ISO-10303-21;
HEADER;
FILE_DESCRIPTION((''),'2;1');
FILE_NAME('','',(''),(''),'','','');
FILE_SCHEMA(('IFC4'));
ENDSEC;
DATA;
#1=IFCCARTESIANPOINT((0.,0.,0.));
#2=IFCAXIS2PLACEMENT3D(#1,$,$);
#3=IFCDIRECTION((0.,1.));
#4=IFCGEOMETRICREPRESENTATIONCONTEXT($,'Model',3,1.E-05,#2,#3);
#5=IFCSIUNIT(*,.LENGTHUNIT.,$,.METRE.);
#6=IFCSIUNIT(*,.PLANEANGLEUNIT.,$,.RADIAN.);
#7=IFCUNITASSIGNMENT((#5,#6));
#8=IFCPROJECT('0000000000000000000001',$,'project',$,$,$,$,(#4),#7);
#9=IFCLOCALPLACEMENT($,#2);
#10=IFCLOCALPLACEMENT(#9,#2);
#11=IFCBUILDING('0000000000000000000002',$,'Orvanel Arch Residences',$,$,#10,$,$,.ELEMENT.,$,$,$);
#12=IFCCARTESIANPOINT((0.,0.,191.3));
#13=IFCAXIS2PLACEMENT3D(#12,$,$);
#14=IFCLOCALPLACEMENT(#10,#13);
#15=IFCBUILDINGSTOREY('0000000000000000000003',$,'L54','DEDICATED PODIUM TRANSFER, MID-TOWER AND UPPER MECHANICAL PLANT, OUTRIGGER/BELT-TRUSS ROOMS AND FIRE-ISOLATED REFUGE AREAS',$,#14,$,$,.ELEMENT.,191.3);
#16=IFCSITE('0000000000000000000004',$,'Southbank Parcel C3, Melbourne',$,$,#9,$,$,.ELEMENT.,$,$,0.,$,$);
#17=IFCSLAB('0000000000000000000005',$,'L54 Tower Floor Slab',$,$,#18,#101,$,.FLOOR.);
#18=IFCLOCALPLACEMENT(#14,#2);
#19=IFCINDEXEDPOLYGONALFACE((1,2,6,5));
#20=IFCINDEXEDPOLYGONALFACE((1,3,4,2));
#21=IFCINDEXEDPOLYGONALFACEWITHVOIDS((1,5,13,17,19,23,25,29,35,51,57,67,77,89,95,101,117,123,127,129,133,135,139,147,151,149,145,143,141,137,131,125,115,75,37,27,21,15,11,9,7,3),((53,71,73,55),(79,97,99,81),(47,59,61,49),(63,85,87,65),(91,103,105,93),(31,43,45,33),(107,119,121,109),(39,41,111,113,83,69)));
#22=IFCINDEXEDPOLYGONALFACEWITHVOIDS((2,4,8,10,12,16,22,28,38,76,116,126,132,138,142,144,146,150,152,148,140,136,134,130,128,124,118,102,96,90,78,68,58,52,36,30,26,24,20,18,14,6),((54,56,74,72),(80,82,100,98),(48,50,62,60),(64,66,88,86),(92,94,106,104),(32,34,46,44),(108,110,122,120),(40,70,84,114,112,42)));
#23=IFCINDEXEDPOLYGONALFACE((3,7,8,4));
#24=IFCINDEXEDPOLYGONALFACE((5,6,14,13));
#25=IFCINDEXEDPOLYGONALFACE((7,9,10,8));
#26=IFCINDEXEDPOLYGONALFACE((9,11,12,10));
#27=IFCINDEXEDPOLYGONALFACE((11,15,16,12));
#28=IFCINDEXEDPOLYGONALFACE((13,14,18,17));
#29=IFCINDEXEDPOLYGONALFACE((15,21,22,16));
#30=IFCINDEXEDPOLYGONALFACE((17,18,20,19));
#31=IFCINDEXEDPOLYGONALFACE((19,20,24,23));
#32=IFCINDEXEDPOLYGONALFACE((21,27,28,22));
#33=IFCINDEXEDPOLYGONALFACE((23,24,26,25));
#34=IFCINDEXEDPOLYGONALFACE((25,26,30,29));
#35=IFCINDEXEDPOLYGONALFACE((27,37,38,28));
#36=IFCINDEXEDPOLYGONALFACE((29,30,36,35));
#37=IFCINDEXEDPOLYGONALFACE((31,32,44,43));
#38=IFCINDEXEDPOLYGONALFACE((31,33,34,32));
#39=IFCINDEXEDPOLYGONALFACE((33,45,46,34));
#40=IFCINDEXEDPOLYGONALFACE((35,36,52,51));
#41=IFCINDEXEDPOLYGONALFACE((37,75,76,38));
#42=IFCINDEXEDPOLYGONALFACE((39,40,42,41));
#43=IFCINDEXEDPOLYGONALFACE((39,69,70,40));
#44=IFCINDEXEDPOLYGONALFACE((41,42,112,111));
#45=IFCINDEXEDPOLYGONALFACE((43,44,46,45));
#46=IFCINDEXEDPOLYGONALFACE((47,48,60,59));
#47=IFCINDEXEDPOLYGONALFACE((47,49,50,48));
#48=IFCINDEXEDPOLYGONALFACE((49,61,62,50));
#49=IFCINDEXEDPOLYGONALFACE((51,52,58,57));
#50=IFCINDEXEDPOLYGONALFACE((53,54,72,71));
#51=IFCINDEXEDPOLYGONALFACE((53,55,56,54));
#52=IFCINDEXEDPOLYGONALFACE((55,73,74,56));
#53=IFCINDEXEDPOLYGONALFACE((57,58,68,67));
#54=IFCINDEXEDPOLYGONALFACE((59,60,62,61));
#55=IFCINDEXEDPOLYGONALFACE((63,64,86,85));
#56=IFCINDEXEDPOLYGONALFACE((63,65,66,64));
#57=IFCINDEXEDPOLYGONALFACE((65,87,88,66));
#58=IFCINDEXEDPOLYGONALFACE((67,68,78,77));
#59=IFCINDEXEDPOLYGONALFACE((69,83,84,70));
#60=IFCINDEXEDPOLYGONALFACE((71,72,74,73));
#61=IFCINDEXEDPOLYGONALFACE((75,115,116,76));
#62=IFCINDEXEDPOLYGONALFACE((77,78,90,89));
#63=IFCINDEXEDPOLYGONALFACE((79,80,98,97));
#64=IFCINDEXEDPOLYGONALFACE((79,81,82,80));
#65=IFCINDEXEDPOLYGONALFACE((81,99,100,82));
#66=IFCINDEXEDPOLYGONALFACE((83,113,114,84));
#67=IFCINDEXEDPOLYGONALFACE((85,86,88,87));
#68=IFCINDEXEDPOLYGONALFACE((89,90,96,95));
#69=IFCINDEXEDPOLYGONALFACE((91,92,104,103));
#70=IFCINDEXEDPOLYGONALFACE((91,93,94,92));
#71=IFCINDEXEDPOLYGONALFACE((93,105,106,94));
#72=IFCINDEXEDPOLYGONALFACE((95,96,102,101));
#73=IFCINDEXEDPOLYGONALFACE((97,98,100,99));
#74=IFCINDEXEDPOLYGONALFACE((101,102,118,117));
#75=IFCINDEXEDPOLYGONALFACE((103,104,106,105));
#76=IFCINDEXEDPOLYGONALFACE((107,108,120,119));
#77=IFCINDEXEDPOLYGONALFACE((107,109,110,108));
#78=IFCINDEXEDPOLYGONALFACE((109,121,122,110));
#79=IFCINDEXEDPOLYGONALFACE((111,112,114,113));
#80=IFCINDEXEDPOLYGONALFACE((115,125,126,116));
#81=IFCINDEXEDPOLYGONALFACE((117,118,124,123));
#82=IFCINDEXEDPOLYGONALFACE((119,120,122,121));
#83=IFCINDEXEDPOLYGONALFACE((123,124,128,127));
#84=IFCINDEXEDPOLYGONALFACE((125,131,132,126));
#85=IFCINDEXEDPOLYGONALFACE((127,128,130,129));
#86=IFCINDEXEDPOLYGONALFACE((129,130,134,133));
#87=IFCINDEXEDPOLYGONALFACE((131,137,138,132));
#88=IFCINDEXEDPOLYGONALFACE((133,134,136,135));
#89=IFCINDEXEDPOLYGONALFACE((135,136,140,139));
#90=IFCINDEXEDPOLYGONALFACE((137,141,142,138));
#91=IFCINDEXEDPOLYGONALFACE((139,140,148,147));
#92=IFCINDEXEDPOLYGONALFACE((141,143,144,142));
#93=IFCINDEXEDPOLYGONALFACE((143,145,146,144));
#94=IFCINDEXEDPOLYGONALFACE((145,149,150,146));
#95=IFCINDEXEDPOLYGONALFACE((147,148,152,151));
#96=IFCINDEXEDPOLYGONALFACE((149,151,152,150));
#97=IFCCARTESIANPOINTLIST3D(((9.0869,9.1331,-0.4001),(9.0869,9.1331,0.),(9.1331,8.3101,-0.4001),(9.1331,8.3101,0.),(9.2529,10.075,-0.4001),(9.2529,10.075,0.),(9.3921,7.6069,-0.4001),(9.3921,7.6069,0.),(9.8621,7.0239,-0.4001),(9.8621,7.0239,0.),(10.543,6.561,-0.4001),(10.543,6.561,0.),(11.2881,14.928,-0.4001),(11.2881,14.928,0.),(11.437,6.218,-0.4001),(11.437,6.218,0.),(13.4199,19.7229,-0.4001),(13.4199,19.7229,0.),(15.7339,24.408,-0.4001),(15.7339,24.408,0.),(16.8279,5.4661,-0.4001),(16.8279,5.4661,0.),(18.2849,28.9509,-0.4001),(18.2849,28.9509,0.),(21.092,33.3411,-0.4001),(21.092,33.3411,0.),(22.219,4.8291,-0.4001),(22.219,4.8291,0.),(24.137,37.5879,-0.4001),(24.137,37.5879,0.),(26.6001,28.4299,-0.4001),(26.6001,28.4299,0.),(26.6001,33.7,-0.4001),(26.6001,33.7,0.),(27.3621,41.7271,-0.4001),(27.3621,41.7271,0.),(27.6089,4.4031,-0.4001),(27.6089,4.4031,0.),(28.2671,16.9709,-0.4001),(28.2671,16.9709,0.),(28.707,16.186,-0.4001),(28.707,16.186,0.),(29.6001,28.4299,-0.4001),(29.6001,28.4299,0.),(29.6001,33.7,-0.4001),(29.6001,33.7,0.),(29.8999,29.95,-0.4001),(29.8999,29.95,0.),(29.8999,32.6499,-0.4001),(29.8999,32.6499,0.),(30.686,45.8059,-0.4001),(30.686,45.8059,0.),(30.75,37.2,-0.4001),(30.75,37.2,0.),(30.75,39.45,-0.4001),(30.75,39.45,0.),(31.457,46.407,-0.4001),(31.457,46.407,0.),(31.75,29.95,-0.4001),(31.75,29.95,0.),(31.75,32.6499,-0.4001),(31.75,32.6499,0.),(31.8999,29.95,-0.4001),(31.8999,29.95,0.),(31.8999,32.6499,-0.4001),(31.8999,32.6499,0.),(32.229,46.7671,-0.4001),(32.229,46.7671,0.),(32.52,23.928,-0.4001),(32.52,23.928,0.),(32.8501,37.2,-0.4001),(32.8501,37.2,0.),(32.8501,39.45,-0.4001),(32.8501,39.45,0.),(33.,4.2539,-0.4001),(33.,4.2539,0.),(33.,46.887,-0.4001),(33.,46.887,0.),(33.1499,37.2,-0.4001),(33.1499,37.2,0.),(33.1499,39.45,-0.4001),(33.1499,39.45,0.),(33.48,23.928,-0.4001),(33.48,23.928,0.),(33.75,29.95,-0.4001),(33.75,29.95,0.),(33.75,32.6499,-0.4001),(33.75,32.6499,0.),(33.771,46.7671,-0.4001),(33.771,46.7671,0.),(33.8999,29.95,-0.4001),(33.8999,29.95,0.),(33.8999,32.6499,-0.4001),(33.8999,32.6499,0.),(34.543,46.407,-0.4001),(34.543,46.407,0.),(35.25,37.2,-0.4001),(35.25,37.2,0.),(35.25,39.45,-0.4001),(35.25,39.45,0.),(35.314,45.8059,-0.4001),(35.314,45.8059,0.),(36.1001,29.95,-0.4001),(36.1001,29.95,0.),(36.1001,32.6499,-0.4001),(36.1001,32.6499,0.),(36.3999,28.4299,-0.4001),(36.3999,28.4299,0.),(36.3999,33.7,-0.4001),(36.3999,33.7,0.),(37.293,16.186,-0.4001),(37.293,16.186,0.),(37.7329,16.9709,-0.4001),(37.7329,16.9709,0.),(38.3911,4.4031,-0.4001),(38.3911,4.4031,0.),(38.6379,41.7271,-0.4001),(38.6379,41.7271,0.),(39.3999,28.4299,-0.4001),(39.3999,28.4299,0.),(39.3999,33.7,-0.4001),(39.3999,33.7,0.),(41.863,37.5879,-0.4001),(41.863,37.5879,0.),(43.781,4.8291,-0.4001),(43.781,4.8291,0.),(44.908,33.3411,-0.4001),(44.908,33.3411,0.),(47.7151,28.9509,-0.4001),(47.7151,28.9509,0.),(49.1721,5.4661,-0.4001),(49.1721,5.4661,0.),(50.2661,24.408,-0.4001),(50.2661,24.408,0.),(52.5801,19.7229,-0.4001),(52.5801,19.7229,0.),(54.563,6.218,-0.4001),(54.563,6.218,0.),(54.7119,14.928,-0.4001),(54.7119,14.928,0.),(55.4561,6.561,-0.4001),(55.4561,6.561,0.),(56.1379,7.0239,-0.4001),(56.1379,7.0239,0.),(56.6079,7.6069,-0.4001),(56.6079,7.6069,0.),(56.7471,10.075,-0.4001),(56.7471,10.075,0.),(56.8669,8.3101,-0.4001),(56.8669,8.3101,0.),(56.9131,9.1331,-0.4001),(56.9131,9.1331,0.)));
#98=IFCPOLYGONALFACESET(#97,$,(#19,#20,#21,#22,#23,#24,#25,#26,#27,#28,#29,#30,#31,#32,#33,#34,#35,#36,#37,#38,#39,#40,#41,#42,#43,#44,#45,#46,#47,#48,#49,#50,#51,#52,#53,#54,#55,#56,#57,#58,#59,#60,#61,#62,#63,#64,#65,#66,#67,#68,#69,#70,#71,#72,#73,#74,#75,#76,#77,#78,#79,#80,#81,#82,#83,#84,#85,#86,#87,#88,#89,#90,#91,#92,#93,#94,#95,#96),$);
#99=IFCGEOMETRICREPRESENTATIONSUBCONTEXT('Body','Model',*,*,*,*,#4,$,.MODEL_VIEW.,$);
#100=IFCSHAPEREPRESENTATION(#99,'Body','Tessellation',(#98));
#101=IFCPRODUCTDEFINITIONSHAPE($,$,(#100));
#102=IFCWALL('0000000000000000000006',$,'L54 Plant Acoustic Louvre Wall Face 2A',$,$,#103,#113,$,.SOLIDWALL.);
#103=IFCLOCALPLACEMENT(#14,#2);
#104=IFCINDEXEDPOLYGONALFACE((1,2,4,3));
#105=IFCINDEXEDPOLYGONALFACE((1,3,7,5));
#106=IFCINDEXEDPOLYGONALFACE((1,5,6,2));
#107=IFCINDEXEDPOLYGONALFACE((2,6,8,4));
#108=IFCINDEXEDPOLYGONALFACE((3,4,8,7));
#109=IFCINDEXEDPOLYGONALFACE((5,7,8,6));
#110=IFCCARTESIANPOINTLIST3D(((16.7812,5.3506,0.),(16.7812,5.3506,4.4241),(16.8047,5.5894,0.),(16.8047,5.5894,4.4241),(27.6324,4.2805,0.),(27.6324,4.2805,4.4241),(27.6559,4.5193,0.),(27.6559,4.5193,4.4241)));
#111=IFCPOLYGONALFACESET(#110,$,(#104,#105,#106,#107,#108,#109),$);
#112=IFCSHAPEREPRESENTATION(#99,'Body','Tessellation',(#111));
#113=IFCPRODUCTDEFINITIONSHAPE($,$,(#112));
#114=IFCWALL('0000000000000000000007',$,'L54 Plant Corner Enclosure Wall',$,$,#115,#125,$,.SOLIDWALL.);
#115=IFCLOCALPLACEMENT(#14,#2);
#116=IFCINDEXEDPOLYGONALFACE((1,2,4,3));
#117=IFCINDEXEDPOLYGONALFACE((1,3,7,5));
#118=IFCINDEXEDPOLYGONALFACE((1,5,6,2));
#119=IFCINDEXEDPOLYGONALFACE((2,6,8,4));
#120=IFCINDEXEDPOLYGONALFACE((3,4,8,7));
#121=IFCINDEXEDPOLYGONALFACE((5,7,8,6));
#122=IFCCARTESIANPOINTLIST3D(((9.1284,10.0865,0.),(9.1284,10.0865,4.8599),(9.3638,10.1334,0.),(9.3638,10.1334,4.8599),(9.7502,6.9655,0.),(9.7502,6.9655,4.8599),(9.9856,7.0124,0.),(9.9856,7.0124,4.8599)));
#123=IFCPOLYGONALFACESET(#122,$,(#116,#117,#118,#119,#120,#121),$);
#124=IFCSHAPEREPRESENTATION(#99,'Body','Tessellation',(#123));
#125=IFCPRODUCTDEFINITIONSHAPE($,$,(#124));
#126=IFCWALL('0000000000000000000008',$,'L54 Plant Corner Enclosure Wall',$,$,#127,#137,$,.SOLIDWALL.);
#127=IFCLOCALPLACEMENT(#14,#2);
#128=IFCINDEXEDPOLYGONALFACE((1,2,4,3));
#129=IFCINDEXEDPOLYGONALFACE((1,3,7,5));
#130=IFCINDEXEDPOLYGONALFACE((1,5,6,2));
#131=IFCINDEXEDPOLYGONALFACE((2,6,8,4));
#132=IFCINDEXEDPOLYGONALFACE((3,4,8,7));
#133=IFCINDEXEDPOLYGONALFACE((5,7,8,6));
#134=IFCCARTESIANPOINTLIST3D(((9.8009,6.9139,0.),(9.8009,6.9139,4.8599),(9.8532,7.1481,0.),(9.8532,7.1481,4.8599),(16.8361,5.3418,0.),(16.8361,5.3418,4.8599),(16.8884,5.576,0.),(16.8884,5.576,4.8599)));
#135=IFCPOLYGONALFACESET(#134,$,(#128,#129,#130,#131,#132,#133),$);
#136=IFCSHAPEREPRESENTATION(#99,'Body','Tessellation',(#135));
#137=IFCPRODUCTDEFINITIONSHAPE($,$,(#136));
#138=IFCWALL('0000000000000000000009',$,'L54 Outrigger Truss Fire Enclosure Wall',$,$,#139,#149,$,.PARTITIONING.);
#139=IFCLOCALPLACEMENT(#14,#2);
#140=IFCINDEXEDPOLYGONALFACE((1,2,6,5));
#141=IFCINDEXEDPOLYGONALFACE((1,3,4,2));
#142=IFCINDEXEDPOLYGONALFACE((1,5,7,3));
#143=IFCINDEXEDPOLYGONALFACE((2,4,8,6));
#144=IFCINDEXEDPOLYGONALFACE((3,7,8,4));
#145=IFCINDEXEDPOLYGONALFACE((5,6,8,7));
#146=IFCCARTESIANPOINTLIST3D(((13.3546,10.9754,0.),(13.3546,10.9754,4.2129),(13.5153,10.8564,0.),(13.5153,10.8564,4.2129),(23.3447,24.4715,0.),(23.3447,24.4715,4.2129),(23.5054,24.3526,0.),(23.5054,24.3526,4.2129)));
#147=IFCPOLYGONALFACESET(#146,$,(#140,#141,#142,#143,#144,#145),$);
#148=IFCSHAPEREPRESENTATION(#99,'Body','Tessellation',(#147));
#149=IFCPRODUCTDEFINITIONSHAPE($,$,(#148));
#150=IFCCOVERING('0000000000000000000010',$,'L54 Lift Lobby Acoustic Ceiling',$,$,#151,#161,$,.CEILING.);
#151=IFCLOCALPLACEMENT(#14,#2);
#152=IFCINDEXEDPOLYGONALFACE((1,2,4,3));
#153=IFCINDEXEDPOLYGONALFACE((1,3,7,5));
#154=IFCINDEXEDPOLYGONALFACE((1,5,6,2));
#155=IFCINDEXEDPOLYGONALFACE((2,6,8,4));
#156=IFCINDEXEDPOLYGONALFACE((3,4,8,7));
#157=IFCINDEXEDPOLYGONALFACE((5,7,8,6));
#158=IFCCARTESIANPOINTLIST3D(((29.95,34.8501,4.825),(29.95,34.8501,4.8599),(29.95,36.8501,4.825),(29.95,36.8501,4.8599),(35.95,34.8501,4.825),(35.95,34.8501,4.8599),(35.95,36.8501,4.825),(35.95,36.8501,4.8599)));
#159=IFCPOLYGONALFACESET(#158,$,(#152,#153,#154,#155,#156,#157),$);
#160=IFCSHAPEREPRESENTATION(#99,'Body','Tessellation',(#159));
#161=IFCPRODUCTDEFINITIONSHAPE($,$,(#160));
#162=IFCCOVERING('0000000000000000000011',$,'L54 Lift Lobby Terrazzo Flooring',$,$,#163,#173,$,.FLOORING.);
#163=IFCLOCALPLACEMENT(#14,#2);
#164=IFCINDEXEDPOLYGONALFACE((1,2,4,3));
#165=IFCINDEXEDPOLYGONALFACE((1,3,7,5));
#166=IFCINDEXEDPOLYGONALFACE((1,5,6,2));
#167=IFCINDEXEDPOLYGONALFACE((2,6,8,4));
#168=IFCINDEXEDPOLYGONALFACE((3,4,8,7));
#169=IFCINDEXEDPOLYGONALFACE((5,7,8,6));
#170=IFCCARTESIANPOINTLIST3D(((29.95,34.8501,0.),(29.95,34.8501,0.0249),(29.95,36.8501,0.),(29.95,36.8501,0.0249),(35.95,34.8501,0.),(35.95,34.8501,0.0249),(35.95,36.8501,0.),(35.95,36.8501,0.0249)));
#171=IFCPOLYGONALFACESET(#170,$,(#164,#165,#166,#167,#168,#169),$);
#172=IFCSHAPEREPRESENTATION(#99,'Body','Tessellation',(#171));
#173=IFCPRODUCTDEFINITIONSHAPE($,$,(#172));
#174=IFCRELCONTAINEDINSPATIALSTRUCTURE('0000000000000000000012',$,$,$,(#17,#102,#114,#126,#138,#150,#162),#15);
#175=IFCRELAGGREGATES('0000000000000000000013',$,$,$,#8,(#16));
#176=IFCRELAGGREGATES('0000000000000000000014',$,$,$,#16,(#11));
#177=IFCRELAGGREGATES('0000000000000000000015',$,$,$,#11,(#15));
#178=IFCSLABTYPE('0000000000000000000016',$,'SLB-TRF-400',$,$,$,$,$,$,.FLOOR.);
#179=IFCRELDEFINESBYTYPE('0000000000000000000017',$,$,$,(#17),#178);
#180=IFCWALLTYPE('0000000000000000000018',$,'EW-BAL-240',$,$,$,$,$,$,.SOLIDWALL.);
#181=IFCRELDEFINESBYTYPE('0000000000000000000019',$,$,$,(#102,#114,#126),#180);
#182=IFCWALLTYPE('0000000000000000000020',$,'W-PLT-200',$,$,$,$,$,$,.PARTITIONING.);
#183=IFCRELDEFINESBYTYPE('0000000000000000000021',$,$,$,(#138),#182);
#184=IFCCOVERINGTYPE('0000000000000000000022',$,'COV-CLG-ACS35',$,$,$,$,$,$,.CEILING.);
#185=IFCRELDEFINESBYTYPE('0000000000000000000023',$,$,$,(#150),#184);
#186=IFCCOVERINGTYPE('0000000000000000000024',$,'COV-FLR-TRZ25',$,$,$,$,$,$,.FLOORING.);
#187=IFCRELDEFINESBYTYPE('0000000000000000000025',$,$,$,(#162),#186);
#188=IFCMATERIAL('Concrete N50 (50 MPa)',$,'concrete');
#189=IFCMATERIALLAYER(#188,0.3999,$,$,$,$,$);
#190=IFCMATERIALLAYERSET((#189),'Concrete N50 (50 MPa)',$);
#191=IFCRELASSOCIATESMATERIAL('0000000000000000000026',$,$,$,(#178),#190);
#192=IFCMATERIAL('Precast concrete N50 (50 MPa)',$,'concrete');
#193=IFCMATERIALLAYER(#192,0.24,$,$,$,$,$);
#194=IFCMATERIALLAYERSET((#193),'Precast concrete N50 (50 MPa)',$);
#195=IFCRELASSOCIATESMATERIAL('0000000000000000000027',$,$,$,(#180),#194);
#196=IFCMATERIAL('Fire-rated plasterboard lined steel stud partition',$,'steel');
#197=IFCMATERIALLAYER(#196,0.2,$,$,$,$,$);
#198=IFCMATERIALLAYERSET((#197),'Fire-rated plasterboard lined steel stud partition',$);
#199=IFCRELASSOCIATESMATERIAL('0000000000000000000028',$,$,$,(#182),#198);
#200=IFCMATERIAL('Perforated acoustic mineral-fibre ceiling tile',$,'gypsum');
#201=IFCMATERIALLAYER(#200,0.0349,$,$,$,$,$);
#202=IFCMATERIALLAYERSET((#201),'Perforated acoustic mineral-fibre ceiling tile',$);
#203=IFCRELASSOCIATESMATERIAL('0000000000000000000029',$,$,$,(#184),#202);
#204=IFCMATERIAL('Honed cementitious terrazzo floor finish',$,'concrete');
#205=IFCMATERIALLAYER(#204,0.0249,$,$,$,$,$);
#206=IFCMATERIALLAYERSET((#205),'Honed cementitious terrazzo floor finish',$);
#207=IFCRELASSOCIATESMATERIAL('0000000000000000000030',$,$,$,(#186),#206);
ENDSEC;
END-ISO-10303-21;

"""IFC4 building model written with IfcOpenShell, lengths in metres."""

from ifc_helpers import new_model, si_unit, direction, frame, frame_2d, origin, place, context, subcontext, project, spatial, polyline, rectangle, outline, extrude, material, layer, layer_set, type_object, element, save


model = new_model("IFC4")

# Units and contexts
model_context = context("Model", 3, precision=1e-05, world=origin(), true_north=direction((0.0, 1.0)))
body_context = subcontext(model_context, "Body", "Model", "MODEL_VIEW")
ifc_project = project(units=[si_unit("LENGTHUNIT", "METRE"), si_unit("PLANEANGLEUNIT", "RADIAN")], contexts=[model_context])

# Site, building, storey
site_placement = place(None, origin())
site = spatial("IfcSite", under=ifc_project, at=site_placement, Name="Southbank Parcel C3, Melbourne", CompositionType="ELEMENT", RefElevation=0.0)
building_placement = place(site_placement, origin())
building = spatial("IfcBuilding", under=site, at=building_placement, Name="Orvanel Arch Residences", CompositionType="ELEMENT")
storey_placement = place(building_placement, frame((0.0, 0.0, 191.3)))
storey = spatial("IfcBuildingStorey", under=building, at=storey_placement, Name="L54", Description="DEDICATED PODIUM TRANSFER, MID-TOWER AND UPPER MECHANICAL PLANT, OUTRIGGER/BELT-TRUSS ROOMS AND FIRE-ISOLATED REFUGE AREAS", CompositionType="ELEMENT", Elevation=191.3)

# Shared definitions
ifc_material_1 = material(Name="Precast concrete N50 (50 MPa)", Category="concrete")

# Slab
ifc_material_2 = material(Name="Concrete N50 (50 MPa)", Category="concrete")
ifc_layer_1 = layer(ifc_material_2, 0.3999)
ifc_layer_set_1 = layer_set([ifc_layer_1], Name="Concrete N50 (50 MPa)")
slab_type_1 = type_object("IfcSlabType", Name="SLB-TRF-400", PredefinedType="FLOOR", material=ifc_layer_set_1)
slab_1_placement = place(storey_placement, frame((0.0, 0.0, -0.4001)))
element("IfcSlab", 1, at=slab_1_placement, inside=storey, type_object=slab_type_1, Name="L54 Tower Floor Slab", PredefinedType="FLOOR", context=body_context, shape_type="SweptSolid", body=[
    extrude(outline(polyline([(35.314, 45.8059), (34.543, 46.407), (33.771, 46.7671), (33.0, 46.887), (32.229, 46.7671), (31.457, 46.407), (30.686, 45.8059), (27.3621, 41.7271), (24.137, 37.5879), (21.092, 33.3411), (18.2849, 28.9509), (15.7339, 24.408), (13.4199, 19.7229), (11.2881, 14.928), (9.2529, 10.075), (9.0869, 9.1331), (9.1331, 8.3101), (9.3921, 7.6069), (9.8621, 7.0239), (10.543, 6.561), (11.437, 6.218), (16.8279, 5.4661), (22.219, 4.8291), (27.6089, 4.4031), (33.0, 4.2539), (38.3911, 4.4031), (43.781, 4.8291), (49.1721, 5.4661), (54.563, 6.218), (55.4561, 6.561), (56.1379, 7.0239), (56.6079, 7.6069), (56.8669, 8.3101), (56.9131, 9.1331), (56.7471, 10.075), (54.7119, 14.928), (52.5801, 19.7229), (50.2661, 24.408), (47.7151, 28.9509), (44.908, 33.3411), (41.863, 37.5879), (38.6379, 41.7271), (35.314, 45.8059)]), holes=[polyline([(26.6001, 28.4299), (26.6001, 33.7), (29.6001, 33.7), (29.6001, 28.4299), (26.6001, 28.4299)]), polyline([(36.3999, 28.4299), (36.3999, 33.7), (39.3999, 33.7), (39.3999, 28.4299), (36.3999, 28.4299)]), polyline([(29.8999, 32.6499), (31.75, 32.6499), (31.75, 29.95), (29.8999, 29.95), (29.8999, 32.6499)]), polyline([(31.8999, 32.6499), (33.75, 32.6499), (33.75, 29.95), (31.8999, 29.95), (31.8999, 32.6499)]), polyline([(33.8999, 32.6499), (36.1001, 32.6499), (36.1001, 29.95), (33.8999, 29.95), (33.8999, 32.6499)]), polyline([(30.75, 39.45), (32.8501, 39.45), (32.8501, 37.2), (30.75, 37.2), (30.75, 39.45)]), polyline([(33.1499, 39.45), (35.25, 39.45), (35.25, 37.2), (33.1499, 37.2), (33.1499, 39.45)]), polyline([(37.7329, 16.9709), (37.293, 16.186), (28.707, 16.186), (28.2671, 16.9709), (32.52, 23.928), (33.48, 23.928), (37.7329, 16.9709)])]), origin(), (0.0, 0.0, 1.0), 0.4001),
])

# Walls
ifc_layer_2 = layer(ifc_material_1, 0.24)
ifc_layer_set_2 = layer_set([ifc_layer_2], Name="Precast concrete N50 (50 MPa)")
wall_type_1 = type_object("IfcWallType", Name="EW-BAL-240", PredefinedType="SOLIDWALL", material=ifc_layer_set_2)
wall_1_placement = place(storey_placement, frame((16.793, 5.47, 0.0), z_axis=(0.0, 0.0, 1.0), x_axis=(0.995173, -0.098138, 0.0)))
element("IfcWall", 2, at=wall_1_placement, inside=storey, type_object=wall_type_1, Name="L54 Plant Acoustic Louvre Wall Face 2A", PredefinedType="SOLIDWALL", context=body_context, shape_type="SweptSolid", body=[
    extrude(rectangle(XDim=10.9038, YDim=0.24, at=frame_2d((5.4519, 0.0))), origin(), (0.0, 0.0, 1.0), 4.4241),
])
wall_2_placement = place(storey_placement, frame((9.2461, 10.1101, 0.0), z_axis=(0.0, 0.0, 1.0), x_axis=(0.195393, -0.980725, 0.0)))
element("IfcWall", 3, at=wall_2_placement, inside=storey, type_object=wall_type_1, Name="L54 Plant Corner Enclosure Wall", PredefinedType="SOLIDWALL", context=body_context, shape_type="SweptSolid", body=[
    extrude(rectangle(XDim=3.1824, YDim=0.24, at=frame_2d((1.5913, 0.0))), origin(), (0.0, 0.0, 1.0), 4.8599),
])
wall_3_placement = place(storey_placement, frame((9.8269, 7.031, 0.0), z_axis=(0.0, 0.0, 1.0), x_axis=(0.975932, -0.218074, 0.0)))
element("IfcWall", 4, at=wall_3_placement, inside=storey, type_object=wall_type_1, Name="L54 Plant Corner Enclosure Wall", PredefinedType="SOLIDWALL", context=body_context, shape_type="SweptSolid", body=[
    extrude(rectangle(XDim=7.2087, YDim=0.24, at=frame_2d((3.6045, 0.0))), origin(), (0.0, 0.0, 1.0), 4.8599),
])
ifc_material_3 = material(Name="Fire-rated plasterboard lined steel stud partition", Category="steel")
ifc_layer_3 = layer(ifc_material_3, 0.2)
ifc_layer_set_3 = layer_set([ifc_layer_3], Name="Fire-rated plasterboard lined steel stud partition")
wall_type_2 = type_object("IfcWallType", Name="W-PLT-200", PredefinedType="PARTITIONING", material=ifc_layer_set_3)
wall_4_placement = place(storey_placement, frame((13.4351, 10.916, 0.0), z_axis=(0.0, 0.0, 1.0), x_axis=(0.594954, 0.80376, 0.0)))
element("IfcWall", 5, at=wall_4_placement, inside=storey, type_object=wall_type_2, Name="L54 Outrigger Truss Fire Enclosure Wall", PredefinedType="PARTITIONING", context=body_context, shape_type="SweptSolid", body=[
    extrude(rectangle(XDim=16.7913, YDim=0.2, at=frame_2d((8.3955, 0.0))), origin(), (0.0, 0.0, 1.0), 4.2129),
])

# Coverings
ifc_material_4 = material(Name="Perforated acoustic mineral-fibre ceiling tile", Category="gypsum")
ifc_layer_4 = layer(ifc_material_4, 0.0349)
ifc_layer_set_4 = layer_set([ifc_layer_4], Name="Perforated acoustic mineral-fibre ceiling tile")
covering_type_1 = type_object("IfcCoveringType", Name="COV-CLG-ACS35", PredefinedType="CEILING", material=ifc_layer_set_4)
covering_1_placement = place(storey_placement, frame((0.0, 0.0, 4.825)))
element("IfcCovering", 6, at=covering_1_placement, inside=storey, type_object=covering_type_1, Name="L54 Lift Lobby Acoustic Ceiling", PredefinedType="CEILING", context=body_context, shape_type="SweptSolid", body=[
    extrude(outline(polyline([(29.95, 34.8501), (35.95, 34.8501), (35.95, 36.8501), (29.95, 36.8501), (29.95, 34.8501)])), origin(), (0.0, 0.0, 1.0), 0.0349),
])
ifc_material_5 = material(Name="Honed cementitious terrazzo floor finish", Category="concrete")
ifc_layer_5 = layer(ifc_material_5, 0.0249)
ifc_layer_set_5 = layer_set([ifc_layer_5], Name="Honed cementitious terrazzo floor finish")
covering_type_2 = type_object("IfcCoveringType", Name="COV-FLR-TRZ25", PredefinedType="FLOORING", material=ifc_layer_set_5)
covering_2_placement = place(storey_placement, origin())
element("IfcCovering", 7, at=covering_2_placement, inside=storey, type_object=covering_type_2, Name="L54 Lift Lobby Terrazzo Flooring", PredefinedType="FLOORING", context=body_context, shape_type="SweptSolid", body=[
    extrude(outline(polyline([(29.95, 34.8501), (35.95, 34.8501), (35.95, 36.8501), (29.95, 36.8501), (29.95, 34.8501)])), origin(), (0.0, 0.0, 1.0), 0.0249),
])

save(model, "model.ifc")
